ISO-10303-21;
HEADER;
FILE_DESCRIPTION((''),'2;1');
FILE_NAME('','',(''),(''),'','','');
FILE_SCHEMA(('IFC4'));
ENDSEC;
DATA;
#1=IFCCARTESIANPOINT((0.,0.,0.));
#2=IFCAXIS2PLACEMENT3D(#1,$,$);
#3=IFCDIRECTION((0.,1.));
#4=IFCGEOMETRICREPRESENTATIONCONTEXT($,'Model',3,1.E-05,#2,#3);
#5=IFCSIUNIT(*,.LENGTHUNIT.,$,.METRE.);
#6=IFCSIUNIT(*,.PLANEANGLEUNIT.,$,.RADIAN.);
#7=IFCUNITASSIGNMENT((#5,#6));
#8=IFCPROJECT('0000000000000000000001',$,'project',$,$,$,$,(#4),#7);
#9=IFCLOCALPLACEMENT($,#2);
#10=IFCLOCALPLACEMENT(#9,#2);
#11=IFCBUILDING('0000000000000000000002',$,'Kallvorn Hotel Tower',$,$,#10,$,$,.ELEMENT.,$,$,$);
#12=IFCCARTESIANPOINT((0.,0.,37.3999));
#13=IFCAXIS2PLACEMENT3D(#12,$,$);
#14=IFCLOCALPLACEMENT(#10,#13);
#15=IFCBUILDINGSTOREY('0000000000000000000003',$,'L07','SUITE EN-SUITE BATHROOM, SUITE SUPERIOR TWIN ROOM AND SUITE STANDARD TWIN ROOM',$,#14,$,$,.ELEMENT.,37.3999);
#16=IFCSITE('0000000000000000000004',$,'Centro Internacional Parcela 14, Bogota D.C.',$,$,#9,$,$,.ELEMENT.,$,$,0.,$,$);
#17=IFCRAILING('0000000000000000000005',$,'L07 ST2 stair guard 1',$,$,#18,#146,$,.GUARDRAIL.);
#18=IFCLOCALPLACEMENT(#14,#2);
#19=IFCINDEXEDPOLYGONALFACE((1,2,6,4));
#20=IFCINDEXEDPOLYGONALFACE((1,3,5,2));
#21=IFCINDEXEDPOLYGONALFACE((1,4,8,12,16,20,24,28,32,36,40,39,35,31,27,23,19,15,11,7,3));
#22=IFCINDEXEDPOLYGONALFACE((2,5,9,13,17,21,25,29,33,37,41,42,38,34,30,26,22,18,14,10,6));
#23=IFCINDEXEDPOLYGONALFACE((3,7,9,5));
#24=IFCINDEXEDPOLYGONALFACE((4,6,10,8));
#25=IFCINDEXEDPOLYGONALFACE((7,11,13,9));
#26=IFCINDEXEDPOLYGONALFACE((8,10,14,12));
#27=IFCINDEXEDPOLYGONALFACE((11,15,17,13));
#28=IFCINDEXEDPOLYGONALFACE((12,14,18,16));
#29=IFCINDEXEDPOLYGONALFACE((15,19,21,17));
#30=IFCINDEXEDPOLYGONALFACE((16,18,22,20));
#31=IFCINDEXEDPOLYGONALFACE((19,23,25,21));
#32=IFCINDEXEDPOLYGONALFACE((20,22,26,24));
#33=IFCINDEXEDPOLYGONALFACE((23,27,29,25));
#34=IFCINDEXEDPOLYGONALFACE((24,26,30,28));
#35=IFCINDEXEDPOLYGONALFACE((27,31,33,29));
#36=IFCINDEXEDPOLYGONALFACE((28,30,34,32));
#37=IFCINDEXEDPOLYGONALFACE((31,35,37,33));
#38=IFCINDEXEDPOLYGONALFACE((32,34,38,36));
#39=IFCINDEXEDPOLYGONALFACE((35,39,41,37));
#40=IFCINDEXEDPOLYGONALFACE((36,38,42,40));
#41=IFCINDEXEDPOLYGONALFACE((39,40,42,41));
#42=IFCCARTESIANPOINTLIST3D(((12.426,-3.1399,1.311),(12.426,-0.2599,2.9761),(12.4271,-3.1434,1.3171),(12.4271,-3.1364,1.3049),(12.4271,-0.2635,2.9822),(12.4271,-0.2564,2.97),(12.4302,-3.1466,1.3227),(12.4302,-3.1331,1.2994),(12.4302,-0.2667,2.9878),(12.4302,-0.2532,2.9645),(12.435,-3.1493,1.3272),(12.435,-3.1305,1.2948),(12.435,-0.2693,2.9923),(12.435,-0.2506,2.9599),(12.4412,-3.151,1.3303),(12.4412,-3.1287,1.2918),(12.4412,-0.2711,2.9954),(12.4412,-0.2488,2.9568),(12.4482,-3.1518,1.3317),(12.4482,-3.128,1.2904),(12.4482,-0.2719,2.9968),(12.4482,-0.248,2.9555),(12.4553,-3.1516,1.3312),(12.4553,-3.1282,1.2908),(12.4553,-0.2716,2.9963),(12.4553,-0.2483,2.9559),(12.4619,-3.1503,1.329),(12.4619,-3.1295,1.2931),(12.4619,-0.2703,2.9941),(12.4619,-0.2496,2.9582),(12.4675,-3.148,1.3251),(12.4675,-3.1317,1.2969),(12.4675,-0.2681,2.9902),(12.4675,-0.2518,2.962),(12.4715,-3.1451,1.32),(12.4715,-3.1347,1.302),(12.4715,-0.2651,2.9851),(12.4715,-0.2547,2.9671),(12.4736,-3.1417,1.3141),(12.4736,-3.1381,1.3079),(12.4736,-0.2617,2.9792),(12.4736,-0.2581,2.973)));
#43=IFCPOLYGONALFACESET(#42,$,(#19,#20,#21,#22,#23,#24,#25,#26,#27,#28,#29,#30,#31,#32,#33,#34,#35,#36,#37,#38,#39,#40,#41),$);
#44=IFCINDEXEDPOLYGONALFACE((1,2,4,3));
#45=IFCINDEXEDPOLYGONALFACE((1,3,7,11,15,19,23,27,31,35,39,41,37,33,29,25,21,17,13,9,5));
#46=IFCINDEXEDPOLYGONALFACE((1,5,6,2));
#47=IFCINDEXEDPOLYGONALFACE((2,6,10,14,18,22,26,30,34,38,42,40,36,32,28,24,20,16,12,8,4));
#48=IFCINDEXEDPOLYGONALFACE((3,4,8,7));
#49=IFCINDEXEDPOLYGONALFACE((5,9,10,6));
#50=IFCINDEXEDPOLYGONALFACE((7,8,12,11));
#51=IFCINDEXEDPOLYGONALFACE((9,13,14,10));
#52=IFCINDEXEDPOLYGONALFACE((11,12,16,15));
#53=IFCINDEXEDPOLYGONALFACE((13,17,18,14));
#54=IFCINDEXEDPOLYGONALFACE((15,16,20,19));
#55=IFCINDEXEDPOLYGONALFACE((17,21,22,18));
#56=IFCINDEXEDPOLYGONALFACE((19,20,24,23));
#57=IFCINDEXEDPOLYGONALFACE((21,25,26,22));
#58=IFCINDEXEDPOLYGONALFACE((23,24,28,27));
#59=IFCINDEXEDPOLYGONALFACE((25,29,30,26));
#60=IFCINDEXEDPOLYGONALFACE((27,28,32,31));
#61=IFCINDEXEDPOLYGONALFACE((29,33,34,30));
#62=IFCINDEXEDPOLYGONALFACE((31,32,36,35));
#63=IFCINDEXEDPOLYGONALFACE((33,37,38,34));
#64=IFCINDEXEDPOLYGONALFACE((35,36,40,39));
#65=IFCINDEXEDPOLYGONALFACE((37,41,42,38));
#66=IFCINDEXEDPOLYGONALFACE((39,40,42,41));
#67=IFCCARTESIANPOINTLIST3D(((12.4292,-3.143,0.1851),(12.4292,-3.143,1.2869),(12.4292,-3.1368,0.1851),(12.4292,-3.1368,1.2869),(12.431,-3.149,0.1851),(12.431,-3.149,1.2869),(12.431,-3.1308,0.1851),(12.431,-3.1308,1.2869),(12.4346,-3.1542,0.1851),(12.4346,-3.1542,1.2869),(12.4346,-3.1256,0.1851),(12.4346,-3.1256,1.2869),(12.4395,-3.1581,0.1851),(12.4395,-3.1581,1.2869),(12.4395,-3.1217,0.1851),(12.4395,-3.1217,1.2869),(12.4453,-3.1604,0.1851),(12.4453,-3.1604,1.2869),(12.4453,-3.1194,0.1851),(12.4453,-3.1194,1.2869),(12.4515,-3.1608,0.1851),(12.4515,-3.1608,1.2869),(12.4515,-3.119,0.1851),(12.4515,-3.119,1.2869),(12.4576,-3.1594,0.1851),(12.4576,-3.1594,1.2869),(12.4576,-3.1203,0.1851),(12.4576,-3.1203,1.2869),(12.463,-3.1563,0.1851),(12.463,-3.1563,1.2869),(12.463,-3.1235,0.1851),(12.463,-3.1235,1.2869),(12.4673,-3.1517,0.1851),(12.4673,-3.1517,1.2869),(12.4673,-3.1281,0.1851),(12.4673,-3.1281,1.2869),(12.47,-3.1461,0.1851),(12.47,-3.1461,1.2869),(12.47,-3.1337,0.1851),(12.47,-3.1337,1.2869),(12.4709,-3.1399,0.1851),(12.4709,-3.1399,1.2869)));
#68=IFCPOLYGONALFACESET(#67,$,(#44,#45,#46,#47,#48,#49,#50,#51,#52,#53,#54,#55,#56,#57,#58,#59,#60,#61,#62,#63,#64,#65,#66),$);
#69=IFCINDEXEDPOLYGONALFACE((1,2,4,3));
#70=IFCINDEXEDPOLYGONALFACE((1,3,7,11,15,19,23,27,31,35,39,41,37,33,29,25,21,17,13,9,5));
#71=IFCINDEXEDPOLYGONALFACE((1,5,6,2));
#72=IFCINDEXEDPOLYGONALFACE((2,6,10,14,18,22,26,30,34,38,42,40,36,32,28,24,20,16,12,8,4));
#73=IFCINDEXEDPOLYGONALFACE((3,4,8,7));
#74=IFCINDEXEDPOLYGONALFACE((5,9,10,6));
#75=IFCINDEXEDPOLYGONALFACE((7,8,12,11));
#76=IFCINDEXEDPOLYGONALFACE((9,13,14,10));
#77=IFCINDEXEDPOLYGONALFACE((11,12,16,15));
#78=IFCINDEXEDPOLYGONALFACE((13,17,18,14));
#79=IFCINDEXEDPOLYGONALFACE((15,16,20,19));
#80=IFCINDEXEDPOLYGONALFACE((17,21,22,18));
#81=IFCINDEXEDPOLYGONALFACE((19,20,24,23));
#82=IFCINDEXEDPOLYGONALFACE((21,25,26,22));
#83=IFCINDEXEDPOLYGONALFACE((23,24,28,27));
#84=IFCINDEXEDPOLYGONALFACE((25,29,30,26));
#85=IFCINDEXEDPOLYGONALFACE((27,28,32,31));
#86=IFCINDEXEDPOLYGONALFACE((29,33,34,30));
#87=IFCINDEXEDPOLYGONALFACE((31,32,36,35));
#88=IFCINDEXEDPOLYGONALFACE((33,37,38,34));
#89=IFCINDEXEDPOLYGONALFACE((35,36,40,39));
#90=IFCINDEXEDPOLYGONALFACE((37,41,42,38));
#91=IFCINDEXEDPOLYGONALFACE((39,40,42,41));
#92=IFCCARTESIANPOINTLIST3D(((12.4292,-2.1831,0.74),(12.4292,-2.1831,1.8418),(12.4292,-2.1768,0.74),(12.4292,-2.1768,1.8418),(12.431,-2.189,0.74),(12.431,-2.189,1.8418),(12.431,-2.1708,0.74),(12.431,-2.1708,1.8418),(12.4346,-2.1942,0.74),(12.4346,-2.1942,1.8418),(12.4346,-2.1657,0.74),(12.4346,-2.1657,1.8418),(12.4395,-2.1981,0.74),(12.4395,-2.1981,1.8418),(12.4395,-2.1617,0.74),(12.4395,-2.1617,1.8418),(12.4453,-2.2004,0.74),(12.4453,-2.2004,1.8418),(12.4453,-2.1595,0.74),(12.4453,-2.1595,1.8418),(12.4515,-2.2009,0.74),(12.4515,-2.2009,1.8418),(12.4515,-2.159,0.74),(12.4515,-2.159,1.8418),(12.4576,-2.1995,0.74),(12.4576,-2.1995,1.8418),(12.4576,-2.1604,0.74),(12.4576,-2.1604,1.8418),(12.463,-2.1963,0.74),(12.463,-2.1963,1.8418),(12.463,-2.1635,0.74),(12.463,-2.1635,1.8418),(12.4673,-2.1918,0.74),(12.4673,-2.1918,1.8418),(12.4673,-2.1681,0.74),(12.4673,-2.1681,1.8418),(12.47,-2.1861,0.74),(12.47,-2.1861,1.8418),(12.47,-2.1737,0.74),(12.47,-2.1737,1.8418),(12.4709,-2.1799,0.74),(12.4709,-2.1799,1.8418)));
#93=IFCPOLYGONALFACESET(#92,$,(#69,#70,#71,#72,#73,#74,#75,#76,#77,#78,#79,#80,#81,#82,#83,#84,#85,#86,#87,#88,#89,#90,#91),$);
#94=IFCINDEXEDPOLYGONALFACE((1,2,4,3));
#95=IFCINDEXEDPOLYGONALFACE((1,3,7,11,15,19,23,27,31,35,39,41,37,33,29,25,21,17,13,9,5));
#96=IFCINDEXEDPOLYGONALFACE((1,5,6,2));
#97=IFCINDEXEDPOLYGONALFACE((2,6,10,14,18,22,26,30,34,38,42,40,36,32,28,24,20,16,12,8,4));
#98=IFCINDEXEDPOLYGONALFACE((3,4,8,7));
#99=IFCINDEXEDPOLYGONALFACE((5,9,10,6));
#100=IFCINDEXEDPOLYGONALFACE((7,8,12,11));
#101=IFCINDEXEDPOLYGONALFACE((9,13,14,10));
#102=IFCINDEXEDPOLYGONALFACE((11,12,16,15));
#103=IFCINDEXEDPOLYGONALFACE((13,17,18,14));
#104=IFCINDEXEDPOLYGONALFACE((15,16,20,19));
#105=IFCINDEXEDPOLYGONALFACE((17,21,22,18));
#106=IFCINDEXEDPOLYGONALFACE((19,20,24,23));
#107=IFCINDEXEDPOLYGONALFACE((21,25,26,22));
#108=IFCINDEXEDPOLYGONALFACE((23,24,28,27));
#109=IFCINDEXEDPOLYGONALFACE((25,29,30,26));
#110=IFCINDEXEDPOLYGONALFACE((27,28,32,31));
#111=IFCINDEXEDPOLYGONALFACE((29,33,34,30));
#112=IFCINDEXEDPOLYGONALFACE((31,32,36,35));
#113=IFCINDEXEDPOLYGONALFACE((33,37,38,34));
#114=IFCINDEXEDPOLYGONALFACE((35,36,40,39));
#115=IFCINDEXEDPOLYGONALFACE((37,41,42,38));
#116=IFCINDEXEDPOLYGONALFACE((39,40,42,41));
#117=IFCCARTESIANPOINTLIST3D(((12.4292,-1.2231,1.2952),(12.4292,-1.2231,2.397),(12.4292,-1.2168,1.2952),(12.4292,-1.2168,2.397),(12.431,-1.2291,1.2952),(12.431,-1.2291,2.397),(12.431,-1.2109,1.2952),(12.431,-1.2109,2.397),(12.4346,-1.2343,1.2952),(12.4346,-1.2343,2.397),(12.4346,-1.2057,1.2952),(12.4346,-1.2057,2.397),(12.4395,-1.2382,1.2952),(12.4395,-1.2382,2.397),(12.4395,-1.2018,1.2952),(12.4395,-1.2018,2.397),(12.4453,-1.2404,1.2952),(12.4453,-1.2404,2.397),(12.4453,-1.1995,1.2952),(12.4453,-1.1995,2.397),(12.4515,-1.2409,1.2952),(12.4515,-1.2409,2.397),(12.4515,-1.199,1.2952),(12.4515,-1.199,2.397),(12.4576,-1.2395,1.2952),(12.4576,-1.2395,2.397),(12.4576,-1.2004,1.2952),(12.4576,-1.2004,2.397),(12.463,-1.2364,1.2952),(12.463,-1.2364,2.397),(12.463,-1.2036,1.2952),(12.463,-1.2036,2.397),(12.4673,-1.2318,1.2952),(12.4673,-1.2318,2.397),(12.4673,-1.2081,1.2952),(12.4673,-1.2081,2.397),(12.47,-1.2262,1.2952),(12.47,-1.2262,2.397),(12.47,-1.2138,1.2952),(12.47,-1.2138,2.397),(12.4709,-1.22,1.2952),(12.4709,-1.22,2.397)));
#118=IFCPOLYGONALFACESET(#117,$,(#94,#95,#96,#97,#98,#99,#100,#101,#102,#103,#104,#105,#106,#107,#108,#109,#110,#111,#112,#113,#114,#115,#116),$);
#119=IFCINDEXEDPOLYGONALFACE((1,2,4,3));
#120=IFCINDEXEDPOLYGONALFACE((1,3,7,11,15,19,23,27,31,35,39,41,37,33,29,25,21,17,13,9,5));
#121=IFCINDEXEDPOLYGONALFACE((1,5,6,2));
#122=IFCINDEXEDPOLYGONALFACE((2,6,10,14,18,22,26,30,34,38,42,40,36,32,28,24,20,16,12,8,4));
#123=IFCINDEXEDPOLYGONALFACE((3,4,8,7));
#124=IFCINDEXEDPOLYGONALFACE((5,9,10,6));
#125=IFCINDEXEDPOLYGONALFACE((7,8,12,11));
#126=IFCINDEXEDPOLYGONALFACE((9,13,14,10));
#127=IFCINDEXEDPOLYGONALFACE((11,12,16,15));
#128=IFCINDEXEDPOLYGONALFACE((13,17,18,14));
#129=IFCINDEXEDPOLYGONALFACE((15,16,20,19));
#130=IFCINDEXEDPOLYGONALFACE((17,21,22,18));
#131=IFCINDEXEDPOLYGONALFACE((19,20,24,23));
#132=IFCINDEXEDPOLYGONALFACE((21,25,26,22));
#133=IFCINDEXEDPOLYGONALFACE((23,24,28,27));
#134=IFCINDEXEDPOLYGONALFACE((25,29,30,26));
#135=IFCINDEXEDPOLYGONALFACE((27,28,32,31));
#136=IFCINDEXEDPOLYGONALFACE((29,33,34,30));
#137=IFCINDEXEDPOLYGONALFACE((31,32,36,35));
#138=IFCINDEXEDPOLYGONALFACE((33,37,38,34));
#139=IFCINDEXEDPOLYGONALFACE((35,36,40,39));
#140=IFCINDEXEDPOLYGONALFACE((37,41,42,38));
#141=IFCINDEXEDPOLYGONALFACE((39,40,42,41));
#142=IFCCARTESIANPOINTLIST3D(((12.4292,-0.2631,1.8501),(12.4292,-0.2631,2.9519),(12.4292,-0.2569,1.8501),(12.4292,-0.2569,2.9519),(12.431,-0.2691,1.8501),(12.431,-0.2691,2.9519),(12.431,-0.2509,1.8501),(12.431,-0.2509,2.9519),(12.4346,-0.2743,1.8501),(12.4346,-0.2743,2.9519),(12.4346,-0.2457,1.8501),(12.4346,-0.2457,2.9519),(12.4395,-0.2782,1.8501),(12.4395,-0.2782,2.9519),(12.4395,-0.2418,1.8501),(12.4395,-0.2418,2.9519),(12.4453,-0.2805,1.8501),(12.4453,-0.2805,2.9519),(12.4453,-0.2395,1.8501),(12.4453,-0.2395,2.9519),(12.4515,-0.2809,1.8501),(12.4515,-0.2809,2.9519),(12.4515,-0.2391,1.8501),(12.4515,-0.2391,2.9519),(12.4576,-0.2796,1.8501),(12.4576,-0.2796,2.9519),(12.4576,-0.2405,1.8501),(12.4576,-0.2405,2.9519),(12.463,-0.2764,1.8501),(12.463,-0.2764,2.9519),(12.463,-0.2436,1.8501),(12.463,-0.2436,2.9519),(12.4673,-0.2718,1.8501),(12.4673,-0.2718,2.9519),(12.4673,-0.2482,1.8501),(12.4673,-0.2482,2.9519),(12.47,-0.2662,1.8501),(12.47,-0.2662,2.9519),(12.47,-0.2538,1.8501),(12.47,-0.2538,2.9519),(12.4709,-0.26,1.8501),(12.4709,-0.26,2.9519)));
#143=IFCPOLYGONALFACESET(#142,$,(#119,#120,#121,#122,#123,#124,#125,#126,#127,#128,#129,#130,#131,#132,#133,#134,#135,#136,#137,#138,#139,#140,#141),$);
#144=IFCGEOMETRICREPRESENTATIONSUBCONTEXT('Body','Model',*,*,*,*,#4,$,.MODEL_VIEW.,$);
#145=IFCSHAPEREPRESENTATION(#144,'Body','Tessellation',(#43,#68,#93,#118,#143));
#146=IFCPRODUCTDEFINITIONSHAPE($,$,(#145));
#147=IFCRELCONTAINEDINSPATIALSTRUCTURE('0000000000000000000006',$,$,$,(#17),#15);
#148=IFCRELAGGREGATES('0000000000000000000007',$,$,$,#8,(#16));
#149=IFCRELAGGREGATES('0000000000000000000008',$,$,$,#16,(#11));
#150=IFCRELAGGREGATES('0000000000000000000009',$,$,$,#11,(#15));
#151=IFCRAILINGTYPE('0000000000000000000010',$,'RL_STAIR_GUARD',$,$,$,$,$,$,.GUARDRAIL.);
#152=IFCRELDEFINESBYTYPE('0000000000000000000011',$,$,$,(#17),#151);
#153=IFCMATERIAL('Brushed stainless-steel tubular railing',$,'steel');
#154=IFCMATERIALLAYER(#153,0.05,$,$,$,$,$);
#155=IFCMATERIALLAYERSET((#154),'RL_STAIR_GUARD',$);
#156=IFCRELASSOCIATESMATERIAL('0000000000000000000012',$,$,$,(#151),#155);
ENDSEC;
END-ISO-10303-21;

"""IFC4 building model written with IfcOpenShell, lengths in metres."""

from ifc_helpers import new_model, si_unit, direction, frame, origin, origin_2d, place, context, subcontext, project, spatial, circle, extrude, material, layer, layer_set, type_object, element, save


model = new_model("IFC4")

# Units and contexts
model_context = context("Model", 3, precision=1e-05, world=origin(), true_north=direction((0.0, 1.0)))
body_context = subcontext(model_context, "Body", "Model", "MODEL_VIEW")
ifc_project = project(units=[si_unit("LENGTHUNIT", "METRE"), si_unit("PLANEANGLEUNIT", "RADIAN")], contexts=[model_context])

# Site, building, storey
site_placement = place(None, origin())
site = spatial("IfcSite", under=ifc_project, at=site_placement, Name="Centro Internacional Parcela 14, Bogota D.C.", CompositionType="ELEMENT", RefElevation=0.0)
building_placement = place(site_placement, origin())
building = spatial("IfcBuilding", under=site, at=building_placement, Name="Kallvorn Hotel Tower", CompositionType="ELEMENT")
storey_placement = place(building_placement, frame((0.0, 0.0, 37.3999)))
storey = spatial("IfcBuildingStorey", under=building, at=storey_placement, Name="L07", Description="SUITE EN-SUITE BATHROOM, SUITE SUPERIOR TWIN ROOM AND SUITE STANDARD TWIN ROOM", CompositionType="ELEMENT", Elevation=37.3999)

# Railing
ifc_material_1 = material(Name="Brushed stainless-steel tubular railing", Category="steel")
ifc_layer_1 = layer(ifc_material_1, 0.05)
ifc_layer_set_1 = layer_set([ifc_layer_1], Name="RL_STAIR_GUARD")
railing_type_1 = type_object("IfcRailingType", Name="RL_STAIR_GUARD", PredefinedType="GUARDRAIL", material=ifc_layer_set_1)
railing_1_placement = place(storey_placement, frame((12.45, -3.1399, 0.1851)))
element("IfcRailing", 1, at=railing_1_placement, inside=storey, type_object=railing_type_1, Name="L07 ST2 stair guard 1", PredefinedType="GUARDRAIL", context=body_context, shape_type="SweptSolid", body=[
    extrude(circle(Radius=0.0239, at=origin_2d()), frame((0.0, 0.0, 1.126), z_axis=(0.0, 0.865721, 0.500527), x_axis=(-1.0, 0.0, 0.0)), (0.0, 0.0, 1.0), 3.3267),
    extrude(circle(Radius=0.021, at=origin_2d()), origin(), (0.0, 0.0, 1.0), 1.1018),
    extrude(circle(Radius=0.021, at=origin_2d()), frame((0.0, 0.96, 0.5549)), (0.0, 0.0, 1.0), 1.1018),
    extrude(circle(Radius=0.021, at=origin_2d()), frame((0.0, 1.9199, 1.1101)), (0.0, 0.0, 1.0), 1.1018),
    extrude(circle(Radius=0.021, at=origin_2d()), frame((0.0, 2.8799, 1.665)), (0.0, 0.0, 1.0), 1.1018),
])

save(model, "model.ifc")
